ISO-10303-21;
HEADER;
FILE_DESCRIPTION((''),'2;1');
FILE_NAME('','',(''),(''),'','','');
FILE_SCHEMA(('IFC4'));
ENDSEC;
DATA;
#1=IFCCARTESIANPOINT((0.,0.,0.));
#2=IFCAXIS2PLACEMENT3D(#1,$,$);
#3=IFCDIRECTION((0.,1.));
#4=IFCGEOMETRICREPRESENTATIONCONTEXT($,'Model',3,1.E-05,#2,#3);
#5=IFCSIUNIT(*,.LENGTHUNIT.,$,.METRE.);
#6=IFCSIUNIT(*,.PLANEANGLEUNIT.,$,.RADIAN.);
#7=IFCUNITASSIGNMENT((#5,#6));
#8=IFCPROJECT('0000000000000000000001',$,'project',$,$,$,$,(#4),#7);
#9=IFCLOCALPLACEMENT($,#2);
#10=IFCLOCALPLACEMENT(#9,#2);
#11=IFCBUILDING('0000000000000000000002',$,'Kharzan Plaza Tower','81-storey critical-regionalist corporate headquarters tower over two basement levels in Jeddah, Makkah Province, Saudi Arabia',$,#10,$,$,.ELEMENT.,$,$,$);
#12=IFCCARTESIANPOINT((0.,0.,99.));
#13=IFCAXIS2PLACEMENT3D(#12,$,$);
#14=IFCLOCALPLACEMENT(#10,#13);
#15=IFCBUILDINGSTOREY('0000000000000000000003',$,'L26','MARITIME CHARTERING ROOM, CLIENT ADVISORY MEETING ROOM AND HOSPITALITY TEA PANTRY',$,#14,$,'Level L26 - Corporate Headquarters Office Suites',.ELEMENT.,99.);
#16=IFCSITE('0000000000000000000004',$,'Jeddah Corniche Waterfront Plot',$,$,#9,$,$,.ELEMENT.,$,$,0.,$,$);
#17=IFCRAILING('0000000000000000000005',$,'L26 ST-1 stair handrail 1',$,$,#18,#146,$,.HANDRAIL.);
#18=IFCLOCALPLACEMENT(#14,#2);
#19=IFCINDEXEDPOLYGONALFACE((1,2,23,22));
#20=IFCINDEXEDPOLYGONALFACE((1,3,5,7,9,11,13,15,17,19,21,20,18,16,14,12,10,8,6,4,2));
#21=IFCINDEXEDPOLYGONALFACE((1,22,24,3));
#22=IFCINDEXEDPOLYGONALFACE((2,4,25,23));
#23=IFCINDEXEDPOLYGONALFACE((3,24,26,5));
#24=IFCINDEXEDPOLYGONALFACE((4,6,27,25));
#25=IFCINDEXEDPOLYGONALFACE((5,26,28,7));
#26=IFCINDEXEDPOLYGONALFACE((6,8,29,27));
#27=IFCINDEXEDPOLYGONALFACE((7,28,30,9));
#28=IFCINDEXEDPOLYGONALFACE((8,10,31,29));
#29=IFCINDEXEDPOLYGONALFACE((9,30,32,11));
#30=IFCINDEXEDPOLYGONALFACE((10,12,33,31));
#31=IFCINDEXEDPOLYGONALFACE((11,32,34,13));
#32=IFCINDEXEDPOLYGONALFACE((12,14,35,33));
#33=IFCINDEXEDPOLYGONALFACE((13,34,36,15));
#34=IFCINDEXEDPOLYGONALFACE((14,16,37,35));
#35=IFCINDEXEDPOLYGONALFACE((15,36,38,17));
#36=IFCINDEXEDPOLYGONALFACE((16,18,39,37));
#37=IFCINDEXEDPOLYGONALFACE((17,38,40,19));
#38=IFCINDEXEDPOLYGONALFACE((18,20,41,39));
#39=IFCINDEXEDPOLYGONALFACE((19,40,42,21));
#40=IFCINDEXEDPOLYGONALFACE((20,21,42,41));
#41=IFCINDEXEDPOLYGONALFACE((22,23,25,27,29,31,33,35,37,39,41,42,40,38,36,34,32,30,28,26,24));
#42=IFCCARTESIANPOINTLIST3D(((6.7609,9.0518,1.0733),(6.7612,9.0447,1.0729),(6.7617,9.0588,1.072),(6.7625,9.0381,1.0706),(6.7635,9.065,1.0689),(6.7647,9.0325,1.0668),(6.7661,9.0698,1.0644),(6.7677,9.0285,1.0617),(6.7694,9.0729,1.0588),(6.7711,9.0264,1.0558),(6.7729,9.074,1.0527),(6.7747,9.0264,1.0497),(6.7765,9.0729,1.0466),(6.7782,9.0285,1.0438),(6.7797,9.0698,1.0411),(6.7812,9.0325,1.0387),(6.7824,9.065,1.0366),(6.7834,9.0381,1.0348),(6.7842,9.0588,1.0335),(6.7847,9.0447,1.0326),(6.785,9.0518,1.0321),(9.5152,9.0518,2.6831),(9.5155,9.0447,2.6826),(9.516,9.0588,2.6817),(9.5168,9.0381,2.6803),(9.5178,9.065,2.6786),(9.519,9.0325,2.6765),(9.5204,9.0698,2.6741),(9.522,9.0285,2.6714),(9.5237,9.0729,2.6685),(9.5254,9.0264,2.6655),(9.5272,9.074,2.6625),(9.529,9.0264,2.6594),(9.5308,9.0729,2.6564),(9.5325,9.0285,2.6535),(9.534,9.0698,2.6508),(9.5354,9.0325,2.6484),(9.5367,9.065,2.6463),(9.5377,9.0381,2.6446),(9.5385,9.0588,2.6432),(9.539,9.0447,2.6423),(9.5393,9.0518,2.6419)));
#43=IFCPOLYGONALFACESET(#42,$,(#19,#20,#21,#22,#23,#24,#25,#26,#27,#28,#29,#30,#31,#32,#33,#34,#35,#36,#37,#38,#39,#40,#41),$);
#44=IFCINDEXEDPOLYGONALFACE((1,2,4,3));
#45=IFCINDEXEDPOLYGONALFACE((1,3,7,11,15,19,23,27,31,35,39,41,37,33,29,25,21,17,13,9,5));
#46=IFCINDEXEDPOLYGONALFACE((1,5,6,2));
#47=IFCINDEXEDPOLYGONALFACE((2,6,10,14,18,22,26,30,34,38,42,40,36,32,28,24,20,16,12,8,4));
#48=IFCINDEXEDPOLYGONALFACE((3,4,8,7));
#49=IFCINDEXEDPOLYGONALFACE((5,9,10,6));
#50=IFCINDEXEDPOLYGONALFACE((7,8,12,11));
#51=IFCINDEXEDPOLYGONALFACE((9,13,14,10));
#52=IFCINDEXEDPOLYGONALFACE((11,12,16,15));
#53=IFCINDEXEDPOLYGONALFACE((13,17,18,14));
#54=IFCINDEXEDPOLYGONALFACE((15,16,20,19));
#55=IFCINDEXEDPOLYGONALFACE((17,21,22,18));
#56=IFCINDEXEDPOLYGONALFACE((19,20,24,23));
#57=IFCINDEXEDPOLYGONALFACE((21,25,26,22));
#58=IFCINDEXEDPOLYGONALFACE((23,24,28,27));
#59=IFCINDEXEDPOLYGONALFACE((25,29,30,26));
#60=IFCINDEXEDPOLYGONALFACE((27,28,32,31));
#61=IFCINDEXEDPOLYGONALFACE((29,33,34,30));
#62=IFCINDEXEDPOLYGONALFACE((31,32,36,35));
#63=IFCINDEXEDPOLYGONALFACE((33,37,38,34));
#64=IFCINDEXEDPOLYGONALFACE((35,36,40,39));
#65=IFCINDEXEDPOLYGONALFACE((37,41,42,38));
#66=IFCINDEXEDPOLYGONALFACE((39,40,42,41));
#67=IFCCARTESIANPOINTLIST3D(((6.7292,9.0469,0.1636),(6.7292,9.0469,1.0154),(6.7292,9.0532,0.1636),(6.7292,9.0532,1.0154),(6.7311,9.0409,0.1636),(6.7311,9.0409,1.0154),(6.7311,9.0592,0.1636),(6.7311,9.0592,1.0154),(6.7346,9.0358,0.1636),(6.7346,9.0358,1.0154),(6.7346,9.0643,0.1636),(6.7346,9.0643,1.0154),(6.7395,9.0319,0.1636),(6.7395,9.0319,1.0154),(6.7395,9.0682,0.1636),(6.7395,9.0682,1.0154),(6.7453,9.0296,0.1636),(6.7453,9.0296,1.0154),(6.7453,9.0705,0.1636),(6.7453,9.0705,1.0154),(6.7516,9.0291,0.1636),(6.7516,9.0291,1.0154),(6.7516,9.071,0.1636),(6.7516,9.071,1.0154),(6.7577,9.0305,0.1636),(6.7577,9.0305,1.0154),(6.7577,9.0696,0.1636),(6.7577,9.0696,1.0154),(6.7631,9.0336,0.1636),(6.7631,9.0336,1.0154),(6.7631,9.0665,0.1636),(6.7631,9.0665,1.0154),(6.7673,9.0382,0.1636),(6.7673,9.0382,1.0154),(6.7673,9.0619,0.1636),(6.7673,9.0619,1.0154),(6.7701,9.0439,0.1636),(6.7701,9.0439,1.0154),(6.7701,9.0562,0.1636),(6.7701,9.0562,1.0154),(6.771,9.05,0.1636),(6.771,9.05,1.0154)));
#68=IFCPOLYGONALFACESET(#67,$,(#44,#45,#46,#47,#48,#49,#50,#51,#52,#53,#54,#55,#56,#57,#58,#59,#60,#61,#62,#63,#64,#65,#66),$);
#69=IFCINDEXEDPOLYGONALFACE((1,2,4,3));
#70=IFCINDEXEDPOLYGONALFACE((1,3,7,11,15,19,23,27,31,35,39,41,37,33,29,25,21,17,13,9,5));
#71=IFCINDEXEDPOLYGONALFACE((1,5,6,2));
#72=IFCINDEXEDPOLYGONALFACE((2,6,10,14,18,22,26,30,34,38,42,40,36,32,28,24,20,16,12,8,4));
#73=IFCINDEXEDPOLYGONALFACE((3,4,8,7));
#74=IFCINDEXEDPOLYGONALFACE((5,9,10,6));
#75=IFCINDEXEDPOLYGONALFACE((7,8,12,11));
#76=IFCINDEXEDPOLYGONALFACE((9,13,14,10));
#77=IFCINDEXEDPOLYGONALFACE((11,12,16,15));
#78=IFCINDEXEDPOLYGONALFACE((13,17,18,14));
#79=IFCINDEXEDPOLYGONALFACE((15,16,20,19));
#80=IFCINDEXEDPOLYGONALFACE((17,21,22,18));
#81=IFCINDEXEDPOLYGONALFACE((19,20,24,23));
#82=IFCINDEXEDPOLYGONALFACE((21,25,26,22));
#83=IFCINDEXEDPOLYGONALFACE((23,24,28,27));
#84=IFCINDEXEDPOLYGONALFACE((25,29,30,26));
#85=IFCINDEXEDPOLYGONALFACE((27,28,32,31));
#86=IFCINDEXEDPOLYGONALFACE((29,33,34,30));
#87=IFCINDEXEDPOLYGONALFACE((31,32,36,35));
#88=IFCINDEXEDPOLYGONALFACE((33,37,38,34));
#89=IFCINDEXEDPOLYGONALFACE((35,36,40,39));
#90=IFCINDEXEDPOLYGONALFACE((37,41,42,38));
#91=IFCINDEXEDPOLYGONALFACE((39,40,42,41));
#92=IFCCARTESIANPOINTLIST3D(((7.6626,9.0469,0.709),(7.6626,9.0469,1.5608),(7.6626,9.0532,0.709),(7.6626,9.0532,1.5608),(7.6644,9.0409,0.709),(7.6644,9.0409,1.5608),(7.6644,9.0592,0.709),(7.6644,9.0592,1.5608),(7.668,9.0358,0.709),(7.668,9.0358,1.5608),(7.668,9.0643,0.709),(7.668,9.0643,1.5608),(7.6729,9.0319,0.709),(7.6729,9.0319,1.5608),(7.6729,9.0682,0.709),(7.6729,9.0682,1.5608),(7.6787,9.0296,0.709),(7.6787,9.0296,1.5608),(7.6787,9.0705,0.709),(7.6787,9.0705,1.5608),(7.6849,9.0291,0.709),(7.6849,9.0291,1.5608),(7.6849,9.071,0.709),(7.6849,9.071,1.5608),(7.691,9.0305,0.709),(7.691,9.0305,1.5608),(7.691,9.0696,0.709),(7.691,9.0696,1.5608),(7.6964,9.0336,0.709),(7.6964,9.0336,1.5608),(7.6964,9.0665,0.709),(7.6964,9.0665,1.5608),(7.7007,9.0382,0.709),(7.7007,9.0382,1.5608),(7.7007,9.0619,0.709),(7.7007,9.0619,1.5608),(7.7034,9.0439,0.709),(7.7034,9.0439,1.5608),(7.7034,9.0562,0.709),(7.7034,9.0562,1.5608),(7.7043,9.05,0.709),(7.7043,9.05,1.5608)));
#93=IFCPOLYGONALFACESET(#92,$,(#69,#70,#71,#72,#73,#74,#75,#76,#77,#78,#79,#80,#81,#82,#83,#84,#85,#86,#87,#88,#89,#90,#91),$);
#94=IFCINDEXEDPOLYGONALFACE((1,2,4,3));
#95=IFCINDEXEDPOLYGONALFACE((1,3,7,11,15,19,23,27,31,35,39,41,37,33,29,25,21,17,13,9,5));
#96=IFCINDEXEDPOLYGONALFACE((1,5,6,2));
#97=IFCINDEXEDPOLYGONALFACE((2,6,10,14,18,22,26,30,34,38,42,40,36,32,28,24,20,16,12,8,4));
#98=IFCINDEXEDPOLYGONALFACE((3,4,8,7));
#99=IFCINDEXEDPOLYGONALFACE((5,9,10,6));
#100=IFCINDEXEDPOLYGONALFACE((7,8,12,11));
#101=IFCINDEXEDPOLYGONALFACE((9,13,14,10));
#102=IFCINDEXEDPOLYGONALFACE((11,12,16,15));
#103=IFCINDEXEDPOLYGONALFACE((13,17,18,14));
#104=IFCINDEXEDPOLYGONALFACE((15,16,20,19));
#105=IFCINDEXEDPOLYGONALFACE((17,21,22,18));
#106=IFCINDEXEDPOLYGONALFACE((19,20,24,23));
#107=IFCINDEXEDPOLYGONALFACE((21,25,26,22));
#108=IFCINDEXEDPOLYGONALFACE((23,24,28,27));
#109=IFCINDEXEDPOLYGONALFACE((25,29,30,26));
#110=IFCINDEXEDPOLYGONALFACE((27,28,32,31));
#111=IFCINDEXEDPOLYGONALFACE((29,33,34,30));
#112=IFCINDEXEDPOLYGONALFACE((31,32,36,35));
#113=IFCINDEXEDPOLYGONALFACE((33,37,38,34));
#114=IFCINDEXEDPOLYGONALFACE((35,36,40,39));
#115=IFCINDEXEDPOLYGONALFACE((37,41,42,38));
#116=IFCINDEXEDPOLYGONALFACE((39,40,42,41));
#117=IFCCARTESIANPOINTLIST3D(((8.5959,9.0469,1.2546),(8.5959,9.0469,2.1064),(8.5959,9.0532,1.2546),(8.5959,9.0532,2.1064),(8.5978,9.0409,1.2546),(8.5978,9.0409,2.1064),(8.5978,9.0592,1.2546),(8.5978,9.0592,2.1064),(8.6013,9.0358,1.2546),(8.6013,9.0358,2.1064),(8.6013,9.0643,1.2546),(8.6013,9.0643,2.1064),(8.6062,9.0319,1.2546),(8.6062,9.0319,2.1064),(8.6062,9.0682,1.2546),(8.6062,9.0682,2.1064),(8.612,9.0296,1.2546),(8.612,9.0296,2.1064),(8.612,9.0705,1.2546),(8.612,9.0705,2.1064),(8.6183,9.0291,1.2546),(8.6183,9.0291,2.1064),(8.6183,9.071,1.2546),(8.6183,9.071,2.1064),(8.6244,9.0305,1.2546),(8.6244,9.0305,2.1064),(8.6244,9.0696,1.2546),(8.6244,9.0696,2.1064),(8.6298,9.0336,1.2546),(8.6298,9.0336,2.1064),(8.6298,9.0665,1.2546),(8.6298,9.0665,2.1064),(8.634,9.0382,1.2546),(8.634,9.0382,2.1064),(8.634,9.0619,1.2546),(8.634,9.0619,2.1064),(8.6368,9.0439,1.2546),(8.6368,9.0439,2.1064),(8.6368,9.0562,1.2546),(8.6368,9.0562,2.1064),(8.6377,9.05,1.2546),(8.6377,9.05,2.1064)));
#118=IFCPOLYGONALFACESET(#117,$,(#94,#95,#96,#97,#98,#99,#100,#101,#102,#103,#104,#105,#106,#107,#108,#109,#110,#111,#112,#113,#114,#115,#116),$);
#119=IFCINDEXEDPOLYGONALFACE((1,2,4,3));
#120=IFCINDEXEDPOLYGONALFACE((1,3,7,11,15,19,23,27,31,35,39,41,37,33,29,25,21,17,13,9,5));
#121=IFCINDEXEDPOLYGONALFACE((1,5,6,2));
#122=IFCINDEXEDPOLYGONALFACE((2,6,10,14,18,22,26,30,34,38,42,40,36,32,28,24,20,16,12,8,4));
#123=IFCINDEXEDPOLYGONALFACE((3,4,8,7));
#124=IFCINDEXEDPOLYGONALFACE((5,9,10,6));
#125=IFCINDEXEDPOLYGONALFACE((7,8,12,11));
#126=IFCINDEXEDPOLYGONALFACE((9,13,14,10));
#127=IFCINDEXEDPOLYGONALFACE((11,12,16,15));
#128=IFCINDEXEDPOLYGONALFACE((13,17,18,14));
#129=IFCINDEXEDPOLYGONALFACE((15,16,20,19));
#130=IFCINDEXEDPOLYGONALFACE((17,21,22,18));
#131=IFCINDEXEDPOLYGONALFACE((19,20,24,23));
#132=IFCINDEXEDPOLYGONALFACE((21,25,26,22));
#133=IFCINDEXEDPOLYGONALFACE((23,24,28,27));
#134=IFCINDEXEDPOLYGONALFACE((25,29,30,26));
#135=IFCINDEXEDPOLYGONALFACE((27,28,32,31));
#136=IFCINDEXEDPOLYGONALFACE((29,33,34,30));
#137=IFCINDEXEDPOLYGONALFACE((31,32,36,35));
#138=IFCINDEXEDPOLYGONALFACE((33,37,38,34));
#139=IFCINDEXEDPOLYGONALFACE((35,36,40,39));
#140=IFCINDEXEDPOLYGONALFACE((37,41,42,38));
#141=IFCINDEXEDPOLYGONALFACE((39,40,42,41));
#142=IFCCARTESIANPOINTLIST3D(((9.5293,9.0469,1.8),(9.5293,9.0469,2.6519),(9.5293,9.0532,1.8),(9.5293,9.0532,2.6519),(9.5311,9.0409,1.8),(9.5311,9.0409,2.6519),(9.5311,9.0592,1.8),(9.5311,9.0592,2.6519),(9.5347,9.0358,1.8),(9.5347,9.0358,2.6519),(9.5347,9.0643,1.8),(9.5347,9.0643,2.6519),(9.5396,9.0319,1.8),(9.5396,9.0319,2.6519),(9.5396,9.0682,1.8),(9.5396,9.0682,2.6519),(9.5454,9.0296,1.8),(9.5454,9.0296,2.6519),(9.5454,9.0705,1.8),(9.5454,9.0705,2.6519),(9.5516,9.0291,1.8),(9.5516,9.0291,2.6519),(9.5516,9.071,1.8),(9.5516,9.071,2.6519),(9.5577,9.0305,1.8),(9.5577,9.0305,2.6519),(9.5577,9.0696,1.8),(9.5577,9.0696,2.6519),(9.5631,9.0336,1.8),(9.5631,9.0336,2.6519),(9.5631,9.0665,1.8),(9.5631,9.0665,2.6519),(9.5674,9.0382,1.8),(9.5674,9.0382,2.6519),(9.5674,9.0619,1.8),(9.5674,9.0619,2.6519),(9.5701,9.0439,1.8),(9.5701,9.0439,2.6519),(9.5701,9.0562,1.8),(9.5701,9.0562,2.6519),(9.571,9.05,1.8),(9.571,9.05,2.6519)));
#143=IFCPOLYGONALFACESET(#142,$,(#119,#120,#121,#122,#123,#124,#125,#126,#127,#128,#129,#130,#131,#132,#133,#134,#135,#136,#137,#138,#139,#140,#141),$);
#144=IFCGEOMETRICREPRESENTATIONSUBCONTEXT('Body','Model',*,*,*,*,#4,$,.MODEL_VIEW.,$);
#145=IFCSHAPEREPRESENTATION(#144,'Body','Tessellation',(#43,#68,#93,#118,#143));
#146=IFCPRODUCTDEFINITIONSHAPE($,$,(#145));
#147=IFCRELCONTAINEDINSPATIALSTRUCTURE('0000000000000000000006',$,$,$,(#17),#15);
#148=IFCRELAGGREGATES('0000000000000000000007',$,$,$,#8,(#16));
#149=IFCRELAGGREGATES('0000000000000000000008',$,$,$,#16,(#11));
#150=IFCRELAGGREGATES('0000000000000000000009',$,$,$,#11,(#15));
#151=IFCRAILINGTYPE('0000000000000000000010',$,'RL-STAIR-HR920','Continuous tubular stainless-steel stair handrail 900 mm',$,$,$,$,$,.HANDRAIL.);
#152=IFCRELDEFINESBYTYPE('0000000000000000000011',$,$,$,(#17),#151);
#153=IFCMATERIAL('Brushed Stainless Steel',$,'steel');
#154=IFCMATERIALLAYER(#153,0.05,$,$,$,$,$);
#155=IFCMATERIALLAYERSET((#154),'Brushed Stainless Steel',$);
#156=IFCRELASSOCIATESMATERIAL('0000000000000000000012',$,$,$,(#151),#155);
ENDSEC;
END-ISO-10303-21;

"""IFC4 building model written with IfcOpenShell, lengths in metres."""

from ifc_helpers import new_model, si_unit, direction, frame, origin, origin_2d, place, context, subcontext, project, spatial, circle, extrude, source, transform, mapped, material, layer, layer_set, type_object, element, save


model = new_model("IFC4")

# Units and contexts
model_context = context("Model", 3, precision=1e-05, world=origin(), true_north=direction((0.0, 1.0)))
body_context = subcontext(model_context, "Body", "Model", "MODEL_VIEW")
ifc_project = project(units=[si_unit("LENGTHUNIT", "METRE"), si_unit("PLANEANGLEUNIT", "RADIAN")], contexts=[model_context])

# Site, building, storey
site_placement = place(None, origin())
site = spatial("IfcSite", under=ifc_project, at=site_placement, Name="Jeddah Corniche Waterfront Plot", CompositionType="ELEMENT", RefElevation=0.0)
building_placement = place(site_placement, origin())
building = spatial("IfcBuilding", under=site, at=building_placement, Name="Kharzan Plaza Tower", Description="81-storey critical-regionalist corporate headquarters tower over two basement levels in Jeddah, Makkah Province, Saudi Arabia", CompositionType="ELEMENT")
storey_placement = place(building_placement, frame((0.0, 0.0, 99.0)))
storey = spatial("IfcBuildingStorey", under=building, at=storey_placement, Name="L26", Description="MARITIME CHARTERING ROOM, CLIENT ADVISORY MEETING ROOM AND HOSPITALITY TEA PANTRY", LongName="Level L26 - Corporate Headquarters Office Suites", CompositionType="ELEMENT", Elevation=99.0)

# Railing
ifc_material_1 = material(Name="Brushed Stainless Steel", Category="steel")
ifc_layer_1 = layer(ifc_material_1, 0.05)
ifc_layer_set_1 = layer_set([ifc_layer_1], Name="Brushed Stainless Steel")
railing_type_1 = type_object("IfcRailingType", Name="RL-STAIR-HR920", Description="Continuous tubular stainless-steel stair handrail 900 mm", PredefinedType="HANDRAIL", material=ifc_layer_set_1)
shared_shape_1 = source(origin(), body_context, "Body", "SweptSolid", [
    extrude(circle(Radius=0.0239, at=origin_2d()), frame((0.0229, 0.0, 0.8892), z_axis=(0.863361, 0.0, 0.504587), x_axis=(0.0, 1.0, 0.0)), (0.0, 0.0, 1.0), 3.1902),
    extrude(circle(Radius=0.021, at=origin_2d()), origin(), (0.0, 0.0, 1.0), 0.8518),
    extrude(circle(Radius=0.021, at=origin_2d()), frame((0.9333, 0.0, 0.5454)), (0.0, 0.0, 1.0), 0.8518),
    extrude(circle(Radius=0.021, at=origin_2d()), frame((1.8667, 0.0, 1.0911)), (0.0, 0.0, 1.0), 0.8518),
    extrude(circle(Radius=0.021, at=origin_2d()), frame((2.8, 0.0, 1.6365)), (0.0, 0.0, 1.0), 0.8518),
])
railing_1_placement = place(storey_placement, frame((6.75, 9.05, 0.1636)))
element("IfcRailing", 1, at=railing_1_placement, inside=storey, type_object=railing_type_1, Name="L26 ST-1 stair handrail 1", PredefinedType="HANDRAIL", context=body_context, shape_type="MappedRepresentation", body=[
    mapped(shared_shape_1, transform((0.0, 0.0, 0.0), x_axis=(1.0, 0.0, 0.0), y_axis=(0.0, 1.0, 0.0), z_axis=(0.0, 0.0, 1.0))),
])

save(model, "model.ifc")
